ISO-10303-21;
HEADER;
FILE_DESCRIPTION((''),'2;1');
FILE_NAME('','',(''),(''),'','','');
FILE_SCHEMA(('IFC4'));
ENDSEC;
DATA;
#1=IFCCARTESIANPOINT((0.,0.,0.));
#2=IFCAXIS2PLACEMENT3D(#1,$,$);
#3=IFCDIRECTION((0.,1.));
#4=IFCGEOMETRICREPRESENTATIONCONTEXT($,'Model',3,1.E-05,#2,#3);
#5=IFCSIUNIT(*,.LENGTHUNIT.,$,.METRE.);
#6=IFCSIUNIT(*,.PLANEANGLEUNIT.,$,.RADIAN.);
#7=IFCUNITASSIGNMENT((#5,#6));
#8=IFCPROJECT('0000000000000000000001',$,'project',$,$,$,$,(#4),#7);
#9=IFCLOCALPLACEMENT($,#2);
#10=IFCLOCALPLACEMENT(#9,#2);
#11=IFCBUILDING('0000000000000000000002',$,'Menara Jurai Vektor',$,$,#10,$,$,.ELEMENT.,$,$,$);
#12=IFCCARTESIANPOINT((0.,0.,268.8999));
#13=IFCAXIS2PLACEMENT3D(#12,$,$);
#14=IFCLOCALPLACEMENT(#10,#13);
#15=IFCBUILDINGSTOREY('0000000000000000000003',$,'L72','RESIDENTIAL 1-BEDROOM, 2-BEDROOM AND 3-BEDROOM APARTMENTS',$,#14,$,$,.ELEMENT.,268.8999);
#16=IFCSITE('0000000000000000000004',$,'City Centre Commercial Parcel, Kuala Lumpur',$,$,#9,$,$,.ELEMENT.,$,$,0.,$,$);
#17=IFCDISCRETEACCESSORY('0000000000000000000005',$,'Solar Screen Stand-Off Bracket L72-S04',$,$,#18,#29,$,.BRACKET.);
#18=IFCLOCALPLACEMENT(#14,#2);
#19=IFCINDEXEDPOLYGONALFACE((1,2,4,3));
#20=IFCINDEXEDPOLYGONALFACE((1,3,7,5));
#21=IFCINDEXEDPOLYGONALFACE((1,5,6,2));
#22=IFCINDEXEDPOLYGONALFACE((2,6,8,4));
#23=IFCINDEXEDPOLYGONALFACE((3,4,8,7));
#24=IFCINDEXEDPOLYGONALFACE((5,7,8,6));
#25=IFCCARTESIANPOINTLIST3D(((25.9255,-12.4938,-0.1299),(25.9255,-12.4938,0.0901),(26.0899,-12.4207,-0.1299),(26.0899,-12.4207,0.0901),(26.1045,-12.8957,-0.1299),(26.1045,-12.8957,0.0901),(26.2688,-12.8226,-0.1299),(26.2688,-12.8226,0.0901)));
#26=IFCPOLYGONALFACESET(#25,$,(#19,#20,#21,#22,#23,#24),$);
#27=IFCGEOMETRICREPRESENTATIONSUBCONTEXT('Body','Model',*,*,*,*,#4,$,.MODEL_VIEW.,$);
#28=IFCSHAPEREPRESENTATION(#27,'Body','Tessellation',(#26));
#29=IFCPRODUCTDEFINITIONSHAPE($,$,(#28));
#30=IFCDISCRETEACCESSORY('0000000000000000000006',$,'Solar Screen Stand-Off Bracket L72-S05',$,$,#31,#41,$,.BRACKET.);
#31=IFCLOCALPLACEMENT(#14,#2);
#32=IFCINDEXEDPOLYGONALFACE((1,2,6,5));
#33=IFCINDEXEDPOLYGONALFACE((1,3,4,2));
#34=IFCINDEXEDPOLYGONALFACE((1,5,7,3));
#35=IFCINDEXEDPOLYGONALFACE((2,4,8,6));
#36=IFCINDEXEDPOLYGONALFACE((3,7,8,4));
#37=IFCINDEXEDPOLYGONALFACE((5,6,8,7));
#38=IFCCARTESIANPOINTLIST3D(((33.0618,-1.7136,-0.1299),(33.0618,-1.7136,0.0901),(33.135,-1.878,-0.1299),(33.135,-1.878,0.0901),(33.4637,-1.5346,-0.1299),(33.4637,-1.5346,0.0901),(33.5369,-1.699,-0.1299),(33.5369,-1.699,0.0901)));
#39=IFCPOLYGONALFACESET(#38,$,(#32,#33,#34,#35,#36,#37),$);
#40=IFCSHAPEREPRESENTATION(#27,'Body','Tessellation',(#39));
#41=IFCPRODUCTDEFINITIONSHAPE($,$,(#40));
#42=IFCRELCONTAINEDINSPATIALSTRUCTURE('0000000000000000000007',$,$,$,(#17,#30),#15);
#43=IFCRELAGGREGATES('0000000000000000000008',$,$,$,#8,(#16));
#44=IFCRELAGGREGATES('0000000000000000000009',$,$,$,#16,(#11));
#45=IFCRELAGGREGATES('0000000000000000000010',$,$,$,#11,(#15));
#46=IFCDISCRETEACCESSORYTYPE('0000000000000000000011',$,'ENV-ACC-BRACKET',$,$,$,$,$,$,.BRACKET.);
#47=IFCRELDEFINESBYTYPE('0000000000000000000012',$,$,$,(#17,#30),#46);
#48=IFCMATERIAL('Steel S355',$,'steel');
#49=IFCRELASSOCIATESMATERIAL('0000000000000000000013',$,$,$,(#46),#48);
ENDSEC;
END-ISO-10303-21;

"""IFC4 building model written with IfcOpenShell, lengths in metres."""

from ifc_helpers import new_model, si_unit, direction, frame, origin, origin_2d, place, context, subcontext, project, spatial, rectangle, extrude, material, type_object, element, save


model = new_model("IFC4")

# Units and contexts
model_context = context("Model", 3, precision=1e-05, world=origin(), true_north=direction((0.0, 1.0)))
body_context = subcontext(model_context, "Body", "Model", "MODEL_VIEW")
ifc_project = project(units=[si_unit("LENGTHUNIT", "METRE"), si_unit("PLANEANGLEUNIT", "RADIAN")], contexts=[model_context])

# Site, building, storey
site_placement = place(None, origin())
site = spatial("IfcSite", under=ifc_project, at=site_placement, Name="City Centre Commercial Parcel, Kuala Lumpur", CompositionType="ELEMENT", RefElevation=0.0)
building_placement = place(site_placement, origin())
building = spatial("IfcBuilding", under=site, at=building_placement, Name="Menara Jurai Vektor", CompositionType="ELEMENT")
storey_placement = place(building_placement, frame((0.0, 0.0, 268.8999)))
storey = spatial("IfcBuildingStorey", under=building, at=storey_placement, Name="L72", Description="RESIDENTIAL 1-BEDROOM, 2-BEDROOM AND 3-BEDROOM APARTMENTS", CompositionType="ELEMENT", Elevation=268.8999)

# Shared definitions
ifc_material_1 = material(Name="Steel S355", Category="steel")

# Discrete accessories
discrete_accessory_type = type_object("IfcDiscreteAccessoryType", Name="ENV-ACC-BRACKET", PredefinedType="BRACKET", material=ifc_material_1)
for number, where, z_axis, x_axis, name in (
    (1, (26.0972, -12.6582, -0.1299), (0.0, 0.0, 1.0), (0.913545, 0.406737, 0.0), "Solar Screen Stand-Off Bracket L72-S04"),
    (2, (33.2993, -1.7063, -0.1299), (0.0, 0.0, 1.0), (-0.406737, 0.913545, 0.0), "Solar Screen Stand-Off Bracket L72-S05"),
):
    element("IfcDiscreteAccessory", number, at=place(storey_placement, frame(where, z_axis=z_axis, x_axis=x_axis)), inside=storey, type_object=discrete_accessory_type, Name=name, PredefinedType="BRACKET", context=body_context, shape_type="SweptSolid", body=[
        extrude(rectangle(XDim=0.1799, YDim=0.4399, at=origin_2d()), origin(), (0.0, 0.0, 1.0), 0.22),
    ])

save(model, "model.ifc")
